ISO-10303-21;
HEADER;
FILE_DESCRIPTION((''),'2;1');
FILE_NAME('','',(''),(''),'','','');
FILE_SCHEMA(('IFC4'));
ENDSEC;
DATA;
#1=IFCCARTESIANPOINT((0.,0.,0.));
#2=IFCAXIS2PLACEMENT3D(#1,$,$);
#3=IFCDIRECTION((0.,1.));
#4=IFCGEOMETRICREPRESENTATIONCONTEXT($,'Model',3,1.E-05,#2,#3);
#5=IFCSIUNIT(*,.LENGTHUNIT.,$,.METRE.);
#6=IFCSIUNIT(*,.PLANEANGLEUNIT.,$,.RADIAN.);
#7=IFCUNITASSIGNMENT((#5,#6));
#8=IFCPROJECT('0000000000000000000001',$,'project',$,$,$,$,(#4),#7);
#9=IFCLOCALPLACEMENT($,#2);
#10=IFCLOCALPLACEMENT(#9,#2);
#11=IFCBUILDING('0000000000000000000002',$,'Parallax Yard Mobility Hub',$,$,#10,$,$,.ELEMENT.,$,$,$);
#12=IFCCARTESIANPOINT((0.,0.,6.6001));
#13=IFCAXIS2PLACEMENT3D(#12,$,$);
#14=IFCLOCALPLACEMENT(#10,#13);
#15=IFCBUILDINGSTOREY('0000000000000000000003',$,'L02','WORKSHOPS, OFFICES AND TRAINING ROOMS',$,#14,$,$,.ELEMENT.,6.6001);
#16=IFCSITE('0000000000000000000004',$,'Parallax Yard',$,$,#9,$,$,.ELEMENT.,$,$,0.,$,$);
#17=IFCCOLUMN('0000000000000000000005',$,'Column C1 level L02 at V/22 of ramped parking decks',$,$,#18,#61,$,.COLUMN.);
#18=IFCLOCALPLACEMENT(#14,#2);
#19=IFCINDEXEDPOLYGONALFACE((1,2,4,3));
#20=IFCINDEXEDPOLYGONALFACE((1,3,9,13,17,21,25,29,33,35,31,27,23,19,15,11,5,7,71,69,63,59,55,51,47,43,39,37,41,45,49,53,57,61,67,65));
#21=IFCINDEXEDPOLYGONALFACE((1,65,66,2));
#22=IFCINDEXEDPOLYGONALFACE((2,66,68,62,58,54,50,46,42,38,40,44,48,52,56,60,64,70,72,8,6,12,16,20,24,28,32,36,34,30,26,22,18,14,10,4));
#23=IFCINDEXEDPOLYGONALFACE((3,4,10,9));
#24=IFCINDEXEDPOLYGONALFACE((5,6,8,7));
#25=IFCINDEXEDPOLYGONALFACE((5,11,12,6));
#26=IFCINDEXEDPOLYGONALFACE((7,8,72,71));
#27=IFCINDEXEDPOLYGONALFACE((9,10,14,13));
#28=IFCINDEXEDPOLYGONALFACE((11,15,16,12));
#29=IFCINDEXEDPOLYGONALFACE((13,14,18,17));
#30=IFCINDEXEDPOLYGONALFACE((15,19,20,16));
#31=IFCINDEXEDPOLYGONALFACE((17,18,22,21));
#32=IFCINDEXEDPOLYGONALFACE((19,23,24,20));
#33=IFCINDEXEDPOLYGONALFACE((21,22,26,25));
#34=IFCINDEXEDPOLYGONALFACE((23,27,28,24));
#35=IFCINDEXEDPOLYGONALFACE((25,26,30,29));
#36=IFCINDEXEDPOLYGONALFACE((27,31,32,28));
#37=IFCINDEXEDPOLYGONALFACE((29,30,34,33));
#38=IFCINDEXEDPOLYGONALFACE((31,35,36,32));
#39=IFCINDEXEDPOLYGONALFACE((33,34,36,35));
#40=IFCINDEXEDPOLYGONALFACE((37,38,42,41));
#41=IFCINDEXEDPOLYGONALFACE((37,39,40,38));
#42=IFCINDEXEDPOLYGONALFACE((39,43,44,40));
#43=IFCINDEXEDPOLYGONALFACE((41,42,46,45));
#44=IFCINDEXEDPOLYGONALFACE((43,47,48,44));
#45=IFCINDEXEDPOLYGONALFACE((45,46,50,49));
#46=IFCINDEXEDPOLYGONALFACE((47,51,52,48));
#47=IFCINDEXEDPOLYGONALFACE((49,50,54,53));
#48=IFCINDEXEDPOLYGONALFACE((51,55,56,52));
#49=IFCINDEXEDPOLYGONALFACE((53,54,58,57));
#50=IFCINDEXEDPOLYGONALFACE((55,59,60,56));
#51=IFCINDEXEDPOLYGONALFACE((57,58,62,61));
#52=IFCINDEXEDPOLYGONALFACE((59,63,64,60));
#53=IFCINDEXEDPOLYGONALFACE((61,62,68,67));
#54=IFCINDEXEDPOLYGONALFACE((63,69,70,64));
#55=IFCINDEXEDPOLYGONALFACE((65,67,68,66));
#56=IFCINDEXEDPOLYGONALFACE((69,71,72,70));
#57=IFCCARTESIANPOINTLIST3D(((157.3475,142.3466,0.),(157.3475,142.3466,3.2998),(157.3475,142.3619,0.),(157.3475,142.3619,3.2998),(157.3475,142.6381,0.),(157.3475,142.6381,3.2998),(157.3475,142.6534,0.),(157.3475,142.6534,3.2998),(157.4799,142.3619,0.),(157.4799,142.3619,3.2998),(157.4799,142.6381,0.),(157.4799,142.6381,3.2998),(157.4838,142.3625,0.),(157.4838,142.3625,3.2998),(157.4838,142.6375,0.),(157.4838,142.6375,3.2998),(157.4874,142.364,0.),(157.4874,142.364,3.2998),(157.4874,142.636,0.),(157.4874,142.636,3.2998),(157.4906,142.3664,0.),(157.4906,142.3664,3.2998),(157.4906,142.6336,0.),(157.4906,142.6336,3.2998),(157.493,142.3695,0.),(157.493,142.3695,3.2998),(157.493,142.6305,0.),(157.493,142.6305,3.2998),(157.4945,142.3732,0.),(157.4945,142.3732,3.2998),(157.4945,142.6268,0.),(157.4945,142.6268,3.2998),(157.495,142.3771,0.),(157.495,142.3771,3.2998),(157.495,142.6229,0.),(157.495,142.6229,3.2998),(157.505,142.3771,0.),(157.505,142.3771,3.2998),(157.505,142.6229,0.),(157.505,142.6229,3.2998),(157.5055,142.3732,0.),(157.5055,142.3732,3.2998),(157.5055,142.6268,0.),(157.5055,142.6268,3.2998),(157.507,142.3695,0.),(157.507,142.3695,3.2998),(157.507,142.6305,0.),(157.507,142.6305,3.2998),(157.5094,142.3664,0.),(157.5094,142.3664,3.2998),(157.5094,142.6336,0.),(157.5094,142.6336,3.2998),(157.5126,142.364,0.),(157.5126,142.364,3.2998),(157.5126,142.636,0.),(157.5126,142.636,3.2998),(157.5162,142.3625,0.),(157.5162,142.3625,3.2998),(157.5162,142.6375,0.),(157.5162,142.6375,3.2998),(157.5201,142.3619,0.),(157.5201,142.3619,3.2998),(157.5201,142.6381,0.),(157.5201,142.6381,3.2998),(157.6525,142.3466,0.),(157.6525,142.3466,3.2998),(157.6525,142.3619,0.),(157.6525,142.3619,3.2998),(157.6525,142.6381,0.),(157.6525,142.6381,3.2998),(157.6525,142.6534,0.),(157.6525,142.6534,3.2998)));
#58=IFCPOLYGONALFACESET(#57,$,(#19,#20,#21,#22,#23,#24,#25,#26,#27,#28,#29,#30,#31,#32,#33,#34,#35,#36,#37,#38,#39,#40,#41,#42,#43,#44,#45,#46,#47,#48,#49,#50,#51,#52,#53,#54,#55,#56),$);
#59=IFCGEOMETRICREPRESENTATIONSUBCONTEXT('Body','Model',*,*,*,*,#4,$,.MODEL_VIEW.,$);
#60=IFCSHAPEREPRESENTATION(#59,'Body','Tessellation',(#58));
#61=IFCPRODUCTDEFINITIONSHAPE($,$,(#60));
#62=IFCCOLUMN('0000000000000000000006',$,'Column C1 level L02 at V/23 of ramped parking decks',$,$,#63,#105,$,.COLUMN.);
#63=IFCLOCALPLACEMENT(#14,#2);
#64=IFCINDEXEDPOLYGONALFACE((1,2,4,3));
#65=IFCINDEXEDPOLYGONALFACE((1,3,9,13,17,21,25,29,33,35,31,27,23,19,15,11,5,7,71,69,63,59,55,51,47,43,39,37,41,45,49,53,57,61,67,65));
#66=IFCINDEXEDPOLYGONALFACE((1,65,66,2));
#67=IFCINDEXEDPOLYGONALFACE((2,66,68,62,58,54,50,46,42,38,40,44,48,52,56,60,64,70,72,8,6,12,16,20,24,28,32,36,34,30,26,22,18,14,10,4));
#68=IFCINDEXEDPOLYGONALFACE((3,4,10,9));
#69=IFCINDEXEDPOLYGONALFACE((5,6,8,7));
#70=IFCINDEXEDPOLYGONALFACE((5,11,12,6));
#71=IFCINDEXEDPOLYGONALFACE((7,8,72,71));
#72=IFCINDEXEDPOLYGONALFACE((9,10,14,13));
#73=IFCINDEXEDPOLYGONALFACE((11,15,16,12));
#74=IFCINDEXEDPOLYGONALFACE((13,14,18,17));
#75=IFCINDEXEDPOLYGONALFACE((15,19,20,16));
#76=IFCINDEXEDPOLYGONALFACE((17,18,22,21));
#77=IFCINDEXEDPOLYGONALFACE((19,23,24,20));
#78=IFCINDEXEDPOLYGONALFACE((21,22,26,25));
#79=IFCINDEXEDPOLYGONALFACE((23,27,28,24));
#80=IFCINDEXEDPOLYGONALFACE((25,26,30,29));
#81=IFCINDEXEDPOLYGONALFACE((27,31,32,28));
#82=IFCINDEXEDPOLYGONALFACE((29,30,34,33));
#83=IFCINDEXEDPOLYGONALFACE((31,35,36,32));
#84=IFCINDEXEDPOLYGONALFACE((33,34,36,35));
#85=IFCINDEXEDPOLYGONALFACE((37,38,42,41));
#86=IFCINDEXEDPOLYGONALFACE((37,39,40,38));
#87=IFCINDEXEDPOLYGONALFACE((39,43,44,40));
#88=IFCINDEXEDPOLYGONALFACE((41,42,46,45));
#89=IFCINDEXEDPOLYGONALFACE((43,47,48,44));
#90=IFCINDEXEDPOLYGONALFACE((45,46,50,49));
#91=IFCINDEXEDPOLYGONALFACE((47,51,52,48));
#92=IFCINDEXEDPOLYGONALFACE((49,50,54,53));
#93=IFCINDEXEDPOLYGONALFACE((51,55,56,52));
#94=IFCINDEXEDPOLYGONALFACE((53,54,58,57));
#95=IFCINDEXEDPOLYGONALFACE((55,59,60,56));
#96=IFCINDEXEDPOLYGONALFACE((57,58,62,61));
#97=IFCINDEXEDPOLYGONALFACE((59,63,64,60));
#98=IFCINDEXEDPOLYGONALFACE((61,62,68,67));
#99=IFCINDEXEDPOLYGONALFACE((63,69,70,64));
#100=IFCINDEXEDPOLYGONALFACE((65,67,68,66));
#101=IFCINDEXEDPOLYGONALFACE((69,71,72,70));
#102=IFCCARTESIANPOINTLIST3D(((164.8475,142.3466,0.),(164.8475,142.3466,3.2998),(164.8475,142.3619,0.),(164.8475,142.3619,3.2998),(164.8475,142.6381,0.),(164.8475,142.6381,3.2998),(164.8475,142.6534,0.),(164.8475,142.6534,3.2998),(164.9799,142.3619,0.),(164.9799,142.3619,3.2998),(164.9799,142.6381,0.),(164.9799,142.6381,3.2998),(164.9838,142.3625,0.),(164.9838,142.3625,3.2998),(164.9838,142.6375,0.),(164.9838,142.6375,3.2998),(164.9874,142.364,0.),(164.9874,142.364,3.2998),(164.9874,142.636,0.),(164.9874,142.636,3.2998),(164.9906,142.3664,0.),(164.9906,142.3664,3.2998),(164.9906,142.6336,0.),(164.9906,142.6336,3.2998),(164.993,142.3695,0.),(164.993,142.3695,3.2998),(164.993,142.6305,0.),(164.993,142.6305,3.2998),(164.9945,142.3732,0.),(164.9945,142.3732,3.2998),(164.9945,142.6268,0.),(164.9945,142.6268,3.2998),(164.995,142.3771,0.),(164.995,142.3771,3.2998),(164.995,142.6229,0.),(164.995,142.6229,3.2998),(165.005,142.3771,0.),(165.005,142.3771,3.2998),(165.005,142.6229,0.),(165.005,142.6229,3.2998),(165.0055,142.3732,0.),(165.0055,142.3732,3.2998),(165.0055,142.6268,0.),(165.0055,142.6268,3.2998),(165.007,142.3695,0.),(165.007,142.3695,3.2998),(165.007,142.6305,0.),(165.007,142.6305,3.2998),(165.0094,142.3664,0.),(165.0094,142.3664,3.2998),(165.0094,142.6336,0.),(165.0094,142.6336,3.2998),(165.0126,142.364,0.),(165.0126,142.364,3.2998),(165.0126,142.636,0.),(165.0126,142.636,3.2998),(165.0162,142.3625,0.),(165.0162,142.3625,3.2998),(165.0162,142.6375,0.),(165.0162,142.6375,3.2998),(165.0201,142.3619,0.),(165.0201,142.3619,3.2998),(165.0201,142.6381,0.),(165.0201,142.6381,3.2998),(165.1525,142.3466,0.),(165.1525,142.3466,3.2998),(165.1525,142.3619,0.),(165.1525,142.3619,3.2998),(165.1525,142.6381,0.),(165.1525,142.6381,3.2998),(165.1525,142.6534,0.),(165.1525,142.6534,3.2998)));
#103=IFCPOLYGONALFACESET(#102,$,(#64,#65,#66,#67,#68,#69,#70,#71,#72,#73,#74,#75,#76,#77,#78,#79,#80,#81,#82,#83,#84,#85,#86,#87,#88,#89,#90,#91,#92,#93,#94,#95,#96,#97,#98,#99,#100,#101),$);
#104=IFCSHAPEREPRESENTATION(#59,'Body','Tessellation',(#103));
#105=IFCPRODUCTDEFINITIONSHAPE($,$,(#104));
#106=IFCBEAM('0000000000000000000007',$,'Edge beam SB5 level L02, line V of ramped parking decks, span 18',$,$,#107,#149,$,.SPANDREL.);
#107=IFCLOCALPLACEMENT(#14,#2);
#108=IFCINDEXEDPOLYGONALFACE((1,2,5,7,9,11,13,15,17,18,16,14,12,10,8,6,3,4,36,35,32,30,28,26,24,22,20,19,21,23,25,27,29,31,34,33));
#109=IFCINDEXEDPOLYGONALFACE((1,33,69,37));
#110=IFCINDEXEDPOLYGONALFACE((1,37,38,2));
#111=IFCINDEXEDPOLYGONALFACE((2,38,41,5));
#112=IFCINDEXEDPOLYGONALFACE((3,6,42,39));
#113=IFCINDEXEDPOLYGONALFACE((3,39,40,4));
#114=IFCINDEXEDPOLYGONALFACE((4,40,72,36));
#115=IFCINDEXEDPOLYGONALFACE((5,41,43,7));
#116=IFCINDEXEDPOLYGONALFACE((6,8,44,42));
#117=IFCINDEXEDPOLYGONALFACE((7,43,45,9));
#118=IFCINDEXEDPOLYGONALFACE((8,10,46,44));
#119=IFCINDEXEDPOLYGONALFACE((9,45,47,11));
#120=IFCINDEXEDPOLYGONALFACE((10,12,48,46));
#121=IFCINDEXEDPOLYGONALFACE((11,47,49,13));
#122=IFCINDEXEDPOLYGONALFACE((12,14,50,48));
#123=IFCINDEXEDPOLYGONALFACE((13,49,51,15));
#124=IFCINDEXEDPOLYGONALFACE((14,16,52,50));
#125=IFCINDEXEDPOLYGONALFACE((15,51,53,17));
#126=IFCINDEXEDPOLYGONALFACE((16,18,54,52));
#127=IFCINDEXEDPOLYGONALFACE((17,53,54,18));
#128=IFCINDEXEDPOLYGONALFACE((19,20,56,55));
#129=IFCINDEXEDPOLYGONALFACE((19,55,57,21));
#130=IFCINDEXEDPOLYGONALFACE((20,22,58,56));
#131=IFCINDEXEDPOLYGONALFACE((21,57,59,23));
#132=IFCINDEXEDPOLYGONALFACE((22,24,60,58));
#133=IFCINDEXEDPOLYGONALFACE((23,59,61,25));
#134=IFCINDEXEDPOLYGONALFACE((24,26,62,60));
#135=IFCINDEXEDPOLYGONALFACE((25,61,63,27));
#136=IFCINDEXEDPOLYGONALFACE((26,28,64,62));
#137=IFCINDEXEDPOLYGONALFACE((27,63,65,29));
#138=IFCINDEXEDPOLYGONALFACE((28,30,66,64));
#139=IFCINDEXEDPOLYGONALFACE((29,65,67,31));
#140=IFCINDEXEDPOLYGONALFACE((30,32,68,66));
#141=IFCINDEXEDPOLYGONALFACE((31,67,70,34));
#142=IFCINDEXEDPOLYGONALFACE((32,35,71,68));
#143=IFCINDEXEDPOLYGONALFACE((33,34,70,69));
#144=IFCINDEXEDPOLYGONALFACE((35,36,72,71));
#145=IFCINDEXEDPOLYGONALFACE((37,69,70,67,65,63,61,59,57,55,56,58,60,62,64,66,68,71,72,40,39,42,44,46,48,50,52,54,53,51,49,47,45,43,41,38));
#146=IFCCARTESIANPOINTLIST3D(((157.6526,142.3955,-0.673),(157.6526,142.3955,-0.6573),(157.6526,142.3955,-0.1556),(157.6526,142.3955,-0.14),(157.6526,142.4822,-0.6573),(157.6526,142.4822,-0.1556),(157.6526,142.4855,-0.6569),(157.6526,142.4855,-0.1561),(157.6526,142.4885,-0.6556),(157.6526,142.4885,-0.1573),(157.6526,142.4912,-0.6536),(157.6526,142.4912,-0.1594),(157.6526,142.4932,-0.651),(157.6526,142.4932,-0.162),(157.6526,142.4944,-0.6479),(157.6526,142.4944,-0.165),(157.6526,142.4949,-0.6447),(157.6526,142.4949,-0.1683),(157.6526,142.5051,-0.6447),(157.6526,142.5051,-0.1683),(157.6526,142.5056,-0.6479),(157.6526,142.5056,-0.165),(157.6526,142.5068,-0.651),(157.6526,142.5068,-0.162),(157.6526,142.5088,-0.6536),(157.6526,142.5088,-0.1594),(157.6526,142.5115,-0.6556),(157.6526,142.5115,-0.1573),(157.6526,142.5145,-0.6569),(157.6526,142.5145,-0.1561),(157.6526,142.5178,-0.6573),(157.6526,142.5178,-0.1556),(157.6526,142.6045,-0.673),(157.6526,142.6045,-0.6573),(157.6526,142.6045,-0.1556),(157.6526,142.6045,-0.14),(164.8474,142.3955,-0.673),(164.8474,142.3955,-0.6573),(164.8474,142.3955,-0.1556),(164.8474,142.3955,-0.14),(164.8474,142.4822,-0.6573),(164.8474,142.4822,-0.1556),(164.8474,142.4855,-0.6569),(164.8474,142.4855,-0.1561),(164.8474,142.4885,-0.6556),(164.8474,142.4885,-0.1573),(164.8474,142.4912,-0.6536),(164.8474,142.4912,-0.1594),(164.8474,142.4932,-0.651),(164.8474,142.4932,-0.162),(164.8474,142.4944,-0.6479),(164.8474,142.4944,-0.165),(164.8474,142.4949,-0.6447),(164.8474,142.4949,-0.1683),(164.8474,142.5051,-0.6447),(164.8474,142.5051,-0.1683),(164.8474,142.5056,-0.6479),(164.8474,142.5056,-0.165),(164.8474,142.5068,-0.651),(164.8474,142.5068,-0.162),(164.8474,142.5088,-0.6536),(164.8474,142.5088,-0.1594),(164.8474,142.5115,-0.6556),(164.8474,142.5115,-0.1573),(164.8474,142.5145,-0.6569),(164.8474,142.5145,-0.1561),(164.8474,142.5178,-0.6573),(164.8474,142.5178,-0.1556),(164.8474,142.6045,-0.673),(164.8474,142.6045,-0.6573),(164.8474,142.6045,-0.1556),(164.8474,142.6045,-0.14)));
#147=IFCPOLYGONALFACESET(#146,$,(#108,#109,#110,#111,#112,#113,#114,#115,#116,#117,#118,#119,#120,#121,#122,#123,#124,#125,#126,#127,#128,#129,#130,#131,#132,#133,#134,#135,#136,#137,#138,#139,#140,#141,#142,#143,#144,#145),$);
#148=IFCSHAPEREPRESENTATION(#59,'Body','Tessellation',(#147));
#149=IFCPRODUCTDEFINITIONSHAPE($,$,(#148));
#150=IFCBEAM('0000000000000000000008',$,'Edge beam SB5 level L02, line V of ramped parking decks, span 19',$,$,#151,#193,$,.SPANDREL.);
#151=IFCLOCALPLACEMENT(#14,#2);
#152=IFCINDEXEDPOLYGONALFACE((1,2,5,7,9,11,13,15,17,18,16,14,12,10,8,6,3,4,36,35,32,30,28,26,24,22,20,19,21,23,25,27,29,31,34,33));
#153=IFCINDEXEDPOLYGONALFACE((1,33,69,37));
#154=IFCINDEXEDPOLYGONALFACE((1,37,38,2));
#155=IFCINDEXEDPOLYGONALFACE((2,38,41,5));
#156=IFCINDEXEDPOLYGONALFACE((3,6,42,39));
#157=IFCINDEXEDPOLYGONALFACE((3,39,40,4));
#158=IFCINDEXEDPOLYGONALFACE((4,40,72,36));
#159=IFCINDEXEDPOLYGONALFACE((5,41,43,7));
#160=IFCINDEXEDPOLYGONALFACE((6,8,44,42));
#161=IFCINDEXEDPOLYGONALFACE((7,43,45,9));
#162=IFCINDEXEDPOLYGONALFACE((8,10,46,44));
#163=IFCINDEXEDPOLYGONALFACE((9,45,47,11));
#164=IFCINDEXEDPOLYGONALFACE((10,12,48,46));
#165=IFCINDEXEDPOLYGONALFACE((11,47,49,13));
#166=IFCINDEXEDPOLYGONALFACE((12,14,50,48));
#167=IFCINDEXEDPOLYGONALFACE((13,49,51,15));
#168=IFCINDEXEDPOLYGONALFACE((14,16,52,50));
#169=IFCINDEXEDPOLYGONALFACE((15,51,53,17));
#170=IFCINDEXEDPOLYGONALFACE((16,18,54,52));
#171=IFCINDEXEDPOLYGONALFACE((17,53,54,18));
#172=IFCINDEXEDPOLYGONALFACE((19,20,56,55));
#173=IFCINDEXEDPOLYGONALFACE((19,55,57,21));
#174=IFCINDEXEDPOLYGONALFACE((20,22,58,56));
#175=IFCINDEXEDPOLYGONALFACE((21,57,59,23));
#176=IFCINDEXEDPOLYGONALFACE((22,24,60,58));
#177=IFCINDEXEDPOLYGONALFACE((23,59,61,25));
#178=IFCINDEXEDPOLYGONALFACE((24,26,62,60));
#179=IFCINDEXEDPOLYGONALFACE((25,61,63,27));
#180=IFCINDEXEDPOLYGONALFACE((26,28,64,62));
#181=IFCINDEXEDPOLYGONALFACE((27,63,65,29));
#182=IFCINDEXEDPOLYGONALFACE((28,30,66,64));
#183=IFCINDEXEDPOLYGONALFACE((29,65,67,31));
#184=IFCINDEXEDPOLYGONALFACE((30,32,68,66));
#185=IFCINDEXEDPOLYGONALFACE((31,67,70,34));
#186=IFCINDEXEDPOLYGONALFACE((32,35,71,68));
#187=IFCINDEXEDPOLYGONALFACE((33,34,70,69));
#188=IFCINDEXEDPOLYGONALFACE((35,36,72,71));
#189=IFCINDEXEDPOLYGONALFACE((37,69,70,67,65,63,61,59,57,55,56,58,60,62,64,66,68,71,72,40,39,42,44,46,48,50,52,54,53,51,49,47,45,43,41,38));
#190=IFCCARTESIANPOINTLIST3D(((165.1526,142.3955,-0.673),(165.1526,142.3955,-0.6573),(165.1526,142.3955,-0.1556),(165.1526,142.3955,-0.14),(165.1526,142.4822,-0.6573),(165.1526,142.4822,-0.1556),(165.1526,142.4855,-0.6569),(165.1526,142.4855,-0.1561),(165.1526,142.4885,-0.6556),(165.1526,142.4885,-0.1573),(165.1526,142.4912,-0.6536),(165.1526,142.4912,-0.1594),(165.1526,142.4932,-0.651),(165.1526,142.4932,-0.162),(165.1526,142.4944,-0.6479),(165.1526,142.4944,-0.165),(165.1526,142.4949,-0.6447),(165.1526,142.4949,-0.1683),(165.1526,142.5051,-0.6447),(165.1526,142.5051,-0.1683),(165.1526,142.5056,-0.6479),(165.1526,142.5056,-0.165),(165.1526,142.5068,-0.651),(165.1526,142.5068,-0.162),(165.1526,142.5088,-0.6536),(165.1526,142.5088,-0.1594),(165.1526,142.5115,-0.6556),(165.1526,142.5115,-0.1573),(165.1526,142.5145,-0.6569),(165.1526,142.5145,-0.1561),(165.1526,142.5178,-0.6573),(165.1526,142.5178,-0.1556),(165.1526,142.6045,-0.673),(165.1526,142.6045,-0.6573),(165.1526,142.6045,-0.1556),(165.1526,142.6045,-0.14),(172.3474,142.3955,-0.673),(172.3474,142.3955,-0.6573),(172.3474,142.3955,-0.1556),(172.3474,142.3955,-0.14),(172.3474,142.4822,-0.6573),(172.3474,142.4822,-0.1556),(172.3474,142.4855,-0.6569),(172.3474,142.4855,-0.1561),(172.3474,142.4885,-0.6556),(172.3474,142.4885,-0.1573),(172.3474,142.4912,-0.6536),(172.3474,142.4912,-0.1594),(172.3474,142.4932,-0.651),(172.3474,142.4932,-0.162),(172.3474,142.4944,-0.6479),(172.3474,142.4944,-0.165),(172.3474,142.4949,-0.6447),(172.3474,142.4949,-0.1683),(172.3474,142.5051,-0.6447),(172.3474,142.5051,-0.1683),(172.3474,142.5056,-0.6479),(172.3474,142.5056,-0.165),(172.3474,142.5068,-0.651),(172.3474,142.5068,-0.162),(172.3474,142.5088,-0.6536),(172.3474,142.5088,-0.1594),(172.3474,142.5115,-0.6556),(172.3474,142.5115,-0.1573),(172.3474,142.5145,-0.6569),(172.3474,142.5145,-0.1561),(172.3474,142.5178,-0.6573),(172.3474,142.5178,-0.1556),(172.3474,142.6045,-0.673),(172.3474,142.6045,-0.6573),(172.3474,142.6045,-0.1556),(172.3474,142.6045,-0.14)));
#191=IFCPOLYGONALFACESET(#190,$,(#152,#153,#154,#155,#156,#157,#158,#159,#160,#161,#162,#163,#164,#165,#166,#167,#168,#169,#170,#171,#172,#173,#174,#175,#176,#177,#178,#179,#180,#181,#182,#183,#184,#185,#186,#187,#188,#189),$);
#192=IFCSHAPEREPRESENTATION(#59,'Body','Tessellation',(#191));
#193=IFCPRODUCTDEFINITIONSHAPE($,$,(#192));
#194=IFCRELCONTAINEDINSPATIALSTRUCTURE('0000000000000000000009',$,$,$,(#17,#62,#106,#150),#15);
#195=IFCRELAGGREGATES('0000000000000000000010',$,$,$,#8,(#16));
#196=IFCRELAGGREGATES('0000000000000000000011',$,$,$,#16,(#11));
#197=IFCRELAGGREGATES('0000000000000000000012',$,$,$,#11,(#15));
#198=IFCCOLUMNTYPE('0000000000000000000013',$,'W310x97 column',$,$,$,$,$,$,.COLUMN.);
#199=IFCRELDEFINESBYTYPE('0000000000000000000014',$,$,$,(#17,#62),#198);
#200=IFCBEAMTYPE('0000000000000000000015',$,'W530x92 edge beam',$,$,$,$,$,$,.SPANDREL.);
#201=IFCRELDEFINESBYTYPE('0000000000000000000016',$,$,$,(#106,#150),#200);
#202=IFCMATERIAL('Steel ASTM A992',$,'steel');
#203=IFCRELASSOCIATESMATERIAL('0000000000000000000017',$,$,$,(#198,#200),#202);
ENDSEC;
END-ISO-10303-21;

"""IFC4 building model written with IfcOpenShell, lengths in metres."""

from ifc_helpers import new_model, si_unit, direction, frame, origin, origin_2d, place, context, subcontext, project, spatial, i_section, extrude, material, material_profile, profile_set, type_object, element, save


model = new_model("IFC4")

# Units and contexts
model_context = context("Model", 3, precision=1e-05, world=origin(), true_north=direction((0.0, 1.0)))
body_context = subcontext(model_context, "Body", "Model", "MODEL_VIEW")
ifc_project = project(units=[si_unit("LENGTHUNIT", "METRE"), si_unit("PLANEANGLEUNIT", "RADIAN")], contexts=[model_context])

# Site, building, storey
site_placement = place(None, origin())
site = spatial("IfcSite", under=ifc_project, at=site_placement, Name="Parallax Yard", CompositionType="ELEMENT", RefElevation=0.0)
building_placement = place(site_placement, origin())
building = spatial("IfcBuilding", under=site, at=building_placement, Name="Parallax Yard Mobility Hub", CompositionType="ELEMENT")
storey_placement = place(building_placement, frame((0.0, 0.0, 6.6001)))
storey = spatial("IfcBuildingStorey", under=building, at=storey_placement, Name="L02", Description="WORKSHOPS, OFFICES AND TRAINING ROOMS", CompositionType="ELEMENT", Elevation=6.6001)

# Columns
ifc_material_1 = material(Name="Steel ASTM A992", Category="steel")
ifc_material_profile_1 = material_profile(ifc_material_1, i_section(OverallWidth=0.3049, OverallDepth=0.3069, WebThickness=0.01, FlangeThickness=0.0154, FilletRadius=0.0151, at=origin_2d()), Name="W310x97")
ifc_profile_set_1 = profile_set([ifc_material_profile_1], Name="Steel ASTM A992")
column_type = type_object("IfcColumnType", Name="W310x97 column", PredefinedType="COLUMN", material=ifc_profile_set_1)
for number, where, z_axis, x_axis, name in (
    (1, (157.5, 142.5, 0.0), (0.0, 0.0, 1.0), (1.0, 0.0, 0.0), "Column C1 level L02 at V/22 of ramped parking decks"),
    (2, (165.0, 142.5, 0.0), (0.0, 0.0, 1.0), (1.0, 0.0, 0.0), "Column C1 level L02 at V/23 of ramped parking decks"),
):
    element("IfcColumn", number, at=place(storey_placement, frame(where, z_axis=z_axis, x_axis=x_axis)), inside=storey, type_object=column_type, Name=name, PredefinedType="COLUMN", context=body_context, shape_type="SweptSolid", body=[
        extrude(i_section(OverallWidth=0.3049, OverallDepth=0.3069, WebThickness=0.01, FlangeThickness=0.0154, FilletRadius=0.0151, at=origin_2d()), origin(), (0.0, 0.0, 1.0), 3.2998),
    ])

# Beams
ifc_material_profile_2 = material_profile(ifc_material_1, i_section(OverallWidth=0.209, OverallDepth=0.533, WebThickness=0.0103, FlangeThickness=0.0156, FilletRadius=0.0127, at=origin_2d()), Name="W530x92")
ifc_profile_set_2 = profile_set([ifc_material_profile_2], Name="Steel ASTM A992")
beam_type_1 = type_object("IfcBeamType", Name="W530x92 edge beam", PredefinedType="SPANDREL", material=ifc_profile_set_2)
for number, where, z_axis, x_axis, name in (
    (3, (157.6526, 142.5, -0.4065), (1.0, 0.0, 0.0), (0.0, 1.0, 0.0), "Edge beam SB5 level L02, line V of ramped parking decks, span 18"),
    (4, (165.1526, 142.5, -0.4065), (1.0, 0.0, 0.0), (0.0, 1.0, 0.0), "Edge beam SB5 level L02, line V of ramped parking decks, span 19"),
):
    element("IfcBeam", number, at=place(storey_placement, frame(where, z_axis=z_axis, x_axis=x_axis)), inside=storey, type_object=beam_type_1, Name=name, PredefinedType="SPANDREL", context=body_context, shape_type="SweptSolid", body=[
        extrude(i_section(OverallWidth=0.209, OverallDepth=0.533, WebThickness=0.0103, FlangeThickness=0.0156, FilletRadius=0.0127, at=origin_2d()), origin(), (0.0, 0.0, 1.0), 7.1948),
    ])

save(model, "model.ifc")
